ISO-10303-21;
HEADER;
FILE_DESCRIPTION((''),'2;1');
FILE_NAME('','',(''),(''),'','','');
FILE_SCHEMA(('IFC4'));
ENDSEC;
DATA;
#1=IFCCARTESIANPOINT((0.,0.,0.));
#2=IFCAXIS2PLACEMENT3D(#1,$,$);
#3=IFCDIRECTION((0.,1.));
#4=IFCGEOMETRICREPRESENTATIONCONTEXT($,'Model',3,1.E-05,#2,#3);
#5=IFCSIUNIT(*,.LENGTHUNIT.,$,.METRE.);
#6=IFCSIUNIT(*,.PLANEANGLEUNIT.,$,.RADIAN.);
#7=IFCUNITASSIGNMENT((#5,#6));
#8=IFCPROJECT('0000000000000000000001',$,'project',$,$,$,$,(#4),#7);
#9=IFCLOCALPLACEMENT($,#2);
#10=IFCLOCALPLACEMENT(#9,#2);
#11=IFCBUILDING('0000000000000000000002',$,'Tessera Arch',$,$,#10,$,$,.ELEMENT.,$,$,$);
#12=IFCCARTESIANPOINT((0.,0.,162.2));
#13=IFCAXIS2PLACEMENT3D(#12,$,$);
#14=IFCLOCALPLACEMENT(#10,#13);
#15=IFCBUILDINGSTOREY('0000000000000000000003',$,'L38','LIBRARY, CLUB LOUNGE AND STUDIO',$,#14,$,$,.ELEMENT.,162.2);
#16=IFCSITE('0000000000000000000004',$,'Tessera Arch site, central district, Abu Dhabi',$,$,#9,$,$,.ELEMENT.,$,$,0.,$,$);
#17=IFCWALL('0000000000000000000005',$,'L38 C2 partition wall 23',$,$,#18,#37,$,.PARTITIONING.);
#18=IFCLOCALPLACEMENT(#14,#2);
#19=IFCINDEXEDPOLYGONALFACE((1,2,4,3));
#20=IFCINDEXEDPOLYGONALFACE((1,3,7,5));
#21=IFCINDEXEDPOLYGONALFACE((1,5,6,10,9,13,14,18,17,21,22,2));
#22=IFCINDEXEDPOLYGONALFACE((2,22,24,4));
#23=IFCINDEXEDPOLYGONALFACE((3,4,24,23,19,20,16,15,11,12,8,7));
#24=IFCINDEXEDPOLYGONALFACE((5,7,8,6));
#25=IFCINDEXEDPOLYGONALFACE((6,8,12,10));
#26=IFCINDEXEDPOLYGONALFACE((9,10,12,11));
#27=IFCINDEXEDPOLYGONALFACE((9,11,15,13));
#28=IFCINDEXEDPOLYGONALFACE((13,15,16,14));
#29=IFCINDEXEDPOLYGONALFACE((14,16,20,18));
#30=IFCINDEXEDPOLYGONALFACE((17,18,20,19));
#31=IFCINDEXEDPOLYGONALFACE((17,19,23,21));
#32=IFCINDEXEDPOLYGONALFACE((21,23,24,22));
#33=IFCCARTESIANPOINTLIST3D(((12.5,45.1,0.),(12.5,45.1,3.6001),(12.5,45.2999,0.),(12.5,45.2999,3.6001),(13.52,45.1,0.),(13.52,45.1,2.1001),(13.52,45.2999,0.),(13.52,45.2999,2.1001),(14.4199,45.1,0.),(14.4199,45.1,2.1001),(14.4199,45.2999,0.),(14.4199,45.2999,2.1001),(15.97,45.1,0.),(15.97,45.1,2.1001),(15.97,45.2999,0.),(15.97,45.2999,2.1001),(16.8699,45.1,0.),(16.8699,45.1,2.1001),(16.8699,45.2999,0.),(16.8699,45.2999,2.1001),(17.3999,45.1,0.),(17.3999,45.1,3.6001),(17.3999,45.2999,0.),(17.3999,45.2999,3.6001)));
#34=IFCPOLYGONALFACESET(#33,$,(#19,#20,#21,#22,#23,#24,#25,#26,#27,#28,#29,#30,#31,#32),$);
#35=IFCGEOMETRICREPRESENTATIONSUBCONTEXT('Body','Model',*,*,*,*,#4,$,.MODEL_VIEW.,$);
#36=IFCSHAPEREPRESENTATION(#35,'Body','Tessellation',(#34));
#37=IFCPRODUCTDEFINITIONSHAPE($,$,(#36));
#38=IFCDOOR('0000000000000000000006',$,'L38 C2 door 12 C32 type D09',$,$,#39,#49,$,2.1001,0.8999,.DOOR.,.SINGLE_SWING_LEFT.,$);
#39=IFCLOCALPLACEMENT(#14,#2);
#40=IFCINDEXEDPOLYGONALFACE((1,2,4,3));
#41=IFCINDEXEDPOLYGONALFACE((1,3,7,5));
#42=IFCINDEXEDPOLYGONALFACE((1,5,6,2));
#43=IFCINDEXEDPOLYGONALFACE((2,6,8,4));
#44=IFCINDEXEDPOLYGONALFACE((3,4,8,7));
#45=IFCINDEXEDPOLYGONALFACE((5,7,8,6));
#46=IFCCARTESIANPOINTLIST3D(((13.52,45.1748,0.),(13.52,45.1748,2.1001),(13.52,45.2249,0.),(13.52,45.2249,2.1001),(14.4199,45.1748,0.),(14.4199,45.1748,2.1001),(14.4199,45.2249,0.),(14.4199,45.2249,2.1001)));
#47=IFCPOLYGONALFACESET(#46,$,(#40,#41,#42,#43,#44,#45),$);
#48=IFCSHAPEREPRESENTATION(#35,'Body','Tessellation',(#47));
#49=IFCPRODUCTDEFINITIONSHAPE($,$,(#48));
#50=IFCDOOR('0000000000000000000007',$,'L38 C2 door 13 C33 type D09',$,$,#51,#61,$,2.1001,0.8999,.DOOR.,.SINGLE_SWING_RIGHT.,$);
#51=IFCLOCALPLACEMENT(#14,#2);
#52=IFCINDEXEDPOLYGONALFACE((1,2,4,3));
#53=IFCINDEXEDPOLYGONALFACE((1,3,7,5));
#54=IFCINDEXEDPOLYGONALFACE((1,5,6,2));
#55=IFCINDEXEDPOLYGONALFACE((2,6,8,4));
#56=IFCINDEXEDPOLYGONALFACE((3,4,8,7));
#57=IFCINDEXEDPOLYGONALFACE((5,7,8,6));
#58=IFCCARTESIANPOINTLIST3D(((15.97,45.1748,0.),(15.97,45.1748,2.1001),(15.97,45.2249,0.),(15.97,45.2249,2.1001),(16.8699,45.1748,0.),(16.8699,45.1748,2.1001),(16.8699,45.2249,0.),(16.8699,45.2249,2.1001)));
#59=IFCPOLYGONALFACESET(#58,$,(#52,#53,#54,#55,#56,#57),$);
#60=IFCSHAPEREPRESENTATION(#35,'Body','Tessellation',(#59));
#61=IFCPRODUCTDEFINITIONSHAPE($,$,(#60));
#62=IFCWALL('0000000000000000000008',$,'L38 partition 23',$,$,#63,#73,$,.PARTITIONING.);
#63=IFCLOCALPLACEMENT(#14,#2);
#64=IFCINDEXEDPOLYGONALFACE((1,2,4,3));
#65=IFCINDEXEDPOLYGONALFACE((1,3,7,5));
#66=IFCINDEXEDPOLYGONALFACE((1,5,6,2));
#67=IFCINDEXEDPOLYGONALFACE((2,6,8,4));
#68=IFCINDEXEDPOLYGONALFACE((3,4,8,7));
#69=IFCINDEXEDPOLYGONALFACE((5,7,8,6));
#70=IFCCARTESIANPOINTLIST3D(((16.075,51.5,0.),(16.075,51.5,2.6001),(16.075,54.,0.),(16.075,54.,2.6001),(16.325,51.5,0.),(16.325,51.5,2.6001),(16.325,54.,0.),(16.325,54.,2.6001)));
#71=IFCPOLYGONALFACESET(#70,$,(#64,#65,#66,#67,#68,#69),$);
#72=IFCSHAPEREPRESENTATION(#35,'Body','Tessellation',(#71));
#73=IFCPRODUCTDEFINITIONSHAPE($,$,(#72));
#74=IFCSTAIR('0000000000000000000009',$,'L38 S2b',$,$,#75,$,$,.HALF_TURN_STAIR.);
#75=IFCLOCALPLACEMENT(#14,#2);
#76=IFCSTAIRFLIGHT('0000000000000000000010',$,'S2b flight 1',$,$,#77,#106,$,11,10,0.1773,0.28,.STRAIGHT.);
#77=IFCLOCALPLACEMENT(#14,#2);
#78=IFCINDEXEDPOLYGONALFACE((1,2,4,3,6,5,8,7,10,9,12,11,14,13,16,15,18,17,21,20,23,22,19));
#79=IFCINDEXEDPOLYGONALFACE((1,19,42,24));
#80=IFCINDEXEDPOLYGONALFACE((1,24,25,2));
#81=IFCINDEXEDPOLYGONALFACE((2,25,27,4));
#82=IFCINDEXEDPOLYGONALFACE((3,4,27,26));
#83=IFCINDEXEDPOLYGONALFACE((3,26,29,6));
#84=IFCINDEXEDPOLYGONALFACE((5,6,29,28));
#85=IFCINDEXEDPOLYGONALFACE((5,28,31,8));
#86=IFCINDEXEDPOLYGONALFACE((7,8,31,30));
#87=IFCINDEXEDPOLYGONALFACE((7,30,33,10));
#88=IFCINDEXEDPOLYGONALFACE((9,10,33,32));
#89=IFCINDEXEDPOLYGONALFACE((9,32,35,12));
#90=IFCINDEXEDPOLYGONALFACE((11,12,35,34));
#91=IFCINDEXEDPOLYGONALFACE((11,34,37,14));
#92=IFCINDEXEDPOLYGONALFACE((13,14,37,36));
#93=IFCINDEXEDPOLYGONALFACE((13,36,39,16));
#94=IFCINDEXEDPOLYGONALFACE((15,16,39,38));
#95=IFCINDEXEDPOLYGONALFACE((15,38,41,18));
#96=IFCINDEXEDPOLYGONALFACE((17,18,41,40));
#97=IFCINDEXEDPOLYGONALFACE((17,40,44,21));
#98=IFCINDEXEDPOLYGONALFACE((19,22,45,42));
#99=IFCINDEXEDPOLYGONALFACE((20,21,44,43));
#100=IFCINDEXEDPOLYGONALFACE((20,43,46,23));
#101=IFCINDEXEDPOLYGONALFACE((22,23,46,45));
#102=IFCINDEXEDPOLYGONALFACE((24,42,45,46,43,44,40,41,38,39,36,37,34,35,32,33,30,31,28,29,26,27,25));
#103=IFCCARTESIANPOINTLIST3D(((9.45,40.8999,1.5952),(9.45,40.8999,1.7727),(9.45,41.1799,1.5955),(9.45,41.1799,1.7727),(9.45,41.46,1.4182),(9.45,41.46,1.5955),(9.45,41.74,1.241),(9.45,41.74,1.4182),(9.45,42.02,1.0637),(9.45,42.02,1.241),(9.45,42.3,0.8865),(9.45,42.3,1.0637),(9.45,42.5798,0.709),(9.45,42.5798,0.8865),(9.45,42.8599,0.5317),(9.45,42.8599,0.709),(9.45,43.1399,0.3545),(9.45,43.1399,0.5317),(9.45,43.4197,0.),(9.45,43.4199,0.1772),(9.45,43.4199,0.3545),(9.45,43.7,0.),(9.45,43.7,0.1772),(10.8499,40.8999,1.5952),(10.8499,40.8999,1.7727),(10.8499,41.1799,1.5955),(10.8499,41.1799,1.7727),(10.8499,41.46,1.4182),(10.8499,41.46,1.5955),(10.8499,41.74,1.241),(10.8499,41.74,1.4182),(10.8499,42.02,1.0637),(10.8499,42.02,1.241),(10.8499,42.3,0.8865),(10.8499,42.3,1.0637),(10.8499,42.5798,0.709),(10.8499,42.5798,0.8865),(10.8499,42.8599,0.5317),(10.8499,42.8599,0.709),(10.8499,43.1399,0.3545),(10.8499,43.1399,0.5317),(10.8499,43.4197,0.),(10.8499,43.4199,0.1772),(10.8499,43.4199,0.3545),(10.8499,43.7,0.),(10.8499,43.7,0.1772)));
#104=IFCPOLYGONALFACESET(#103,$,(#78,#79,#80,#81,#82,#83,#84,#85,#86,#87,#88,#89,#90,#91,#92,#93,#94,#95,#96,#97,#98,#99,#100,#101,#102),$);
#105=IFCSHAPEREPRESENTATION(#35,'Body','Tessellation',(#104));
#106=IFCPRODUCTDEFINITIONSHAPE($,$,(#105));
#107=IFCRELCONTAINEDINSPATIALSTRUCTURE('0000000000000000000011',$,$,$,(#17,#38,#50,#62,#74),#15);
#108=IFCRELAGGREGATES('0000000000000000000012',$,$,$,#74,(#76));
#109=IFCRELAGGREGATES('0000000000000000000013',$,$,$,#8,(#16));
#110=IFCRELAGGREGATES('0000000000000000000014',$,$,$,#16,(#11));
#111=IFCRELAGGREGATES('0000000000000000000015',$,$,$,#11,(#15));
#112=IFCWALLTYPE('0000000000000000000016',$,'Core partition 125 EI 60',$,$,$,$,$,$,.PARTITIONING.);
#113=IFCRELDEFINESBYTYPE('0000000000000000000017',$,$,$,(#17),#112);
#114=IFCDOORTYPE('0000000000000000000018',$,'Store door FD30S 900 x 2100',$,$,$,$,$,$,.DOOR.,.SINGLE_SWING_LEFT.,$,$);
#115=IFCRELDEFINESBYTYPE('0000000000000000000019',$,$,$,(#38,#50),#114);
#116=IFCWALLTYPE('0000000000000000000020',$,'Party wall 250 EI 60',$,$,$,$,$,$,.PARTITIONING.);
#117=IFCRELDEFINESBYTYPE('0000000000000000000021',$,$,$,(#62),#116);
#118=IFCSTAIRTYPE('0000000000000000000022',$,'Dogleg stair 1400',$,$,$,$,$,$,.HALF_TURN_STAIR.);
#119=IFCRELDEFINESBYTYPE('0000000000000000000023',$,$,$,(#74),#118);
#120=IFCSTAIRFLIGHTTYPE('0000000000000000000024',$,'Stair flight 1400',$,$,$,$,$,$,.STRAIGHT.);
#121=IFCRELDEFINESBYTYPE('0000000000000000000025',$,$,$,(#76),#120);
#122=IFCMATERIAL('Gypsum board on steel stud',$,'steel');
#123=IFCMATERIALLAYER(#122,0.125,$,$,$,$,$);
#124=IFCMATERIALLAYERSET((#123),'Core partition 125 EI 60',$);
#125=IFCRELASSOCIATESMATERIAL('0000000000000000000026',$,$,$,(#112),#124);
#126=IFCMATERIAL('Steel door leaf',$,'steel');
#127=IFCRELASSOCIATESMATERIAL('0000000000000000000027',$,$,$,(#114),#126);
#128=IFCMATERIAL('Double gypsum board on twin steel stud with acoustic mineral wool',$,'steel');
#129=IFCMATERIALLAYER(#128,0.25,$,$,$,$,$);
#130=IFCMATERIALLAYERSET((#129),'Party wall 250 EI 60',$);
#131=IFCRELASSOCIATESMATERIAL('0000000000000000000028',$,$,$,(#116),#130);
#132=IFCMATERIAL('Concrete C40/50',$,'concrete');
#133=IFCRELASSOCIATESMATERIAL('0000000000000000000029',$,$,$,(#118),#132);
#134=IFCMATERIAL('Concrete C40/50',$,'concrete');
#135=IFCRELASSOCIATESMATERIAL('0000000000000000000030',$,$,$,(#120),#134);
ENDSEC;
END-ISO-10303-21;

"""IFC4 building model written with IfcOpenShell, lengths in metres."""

from ifc_helpers import new_model, si_unit, direction, frame, frame_2d, origin, place, context, subcontext, project, spatial, polyline, rectangle, outline, extrude, material, layer, layer_set, type_object, element, fill, aggregate, save


model = new_model("IFC4")

# Units and contexts
model_context = context("Model", 3, precision=1e-05, world=origin(), true_north=direction((0.0, 1.0)))
body_context = subcontext(model_context, "Body", "Model", "MODEL_VIEW")
ifc_project = project(units=[si_unit("LENGTHUNIT", "METRE"), si_unit("PLANEANGLEUNIT", "RADIAN")], contexts=[model_context])

# Site, building, storey
site_placement = place(None, origin())
site = spatial("IfcSite", under=ifc_project, at=site_placement, Name="Tessera Arch site, central district, Abu Dhabi", CompositionType="ELEMENT", RefElevation=0.0)
building_placement = place(site_placement, origin())
building = spatial("IfcBuilding", under=site, at=building_placement, Name="Tessera Arch", CompositionType="ELEMENT")
storey_placement = place(building_placement, frame((0.0, 0.0, 162.2)))
storey = spatial("IfcBuildingStorey", under=building, at=storey_placement, Name="L38", Description="LIBRARY, CLUB LOUNGE AND STUDIO", CompositionType="ELEMENT", Elevation=162.2)

# Shared definitions
ifc_material_1 = material(Name="Gypsum board on steel stud", Category="steel")
ifc_layer_1 = layer(ifc_material_1, 0.125)
ifc_layer_set_1 = layer_set([ifc_layer_1], Name="Core partition 125 EI 60")
wall_type_1 = type_object("IfcWallType", Name="Core partition 125 EI 60", PredefinedType="PARTITIONING", material=ifc_layer_set_1)

# Wall, openings, doors
wall_1_placement = place(storey_placement, frame((12.5, 45.2, 0.0), z_axis=(0.0, 0.0, 1.0), x_axis=(1.0, 0.0, 0.0)))
wall_1 = element("IfcWall", 1, at=wall_1_placement, inside=storey, type_object=wall_type_1, Name="L38 C2 partition wall 23", PredefinedType="PARTITIONING", context=body_context, shape_type="SweptSolid", body=[
    extrude(rectangle(XDim=4.8999, YDim=0.2, at=frame_2d((2.45, 0.0))), origin(), (0.0, 0.0, 1.0), 3.6001),
])
opening_1_placement = place(wall_1_placement, frame((1.02, 0.0, 0.0)))
opening_1 = element("IfcOpeningElement", 2, at=opening_1_placement, cuts=wall_1, PredefinedType="OPENING", context=body_context, shape_type="SweptSolid", body=[
    extrude(rectangle(XDim=0.8999, YDim=2.1001, at=frame_2d((0.45, 1.05))), frame((0.0, 0.1099, 0.0), z_axis=(0.0, -1.0, 0.0), x_axis=(1.0, 0.0, 0.0)), (0.0, 0.0, 1.0), 0.22),
])
opening_2_placement = place(wall_1_placement, frame((3.47, 0.0, 0.0)))
opening_2 = element("IfcOpeningElement", 3, at=opening_2_placement, cuts=wall_1, PredefinedType="OPENING", context=body_context, shape_type="SweptSolid", body=[
    extrude(rectangle(XDim=0.8999, YDim=2.1001, at=frame_2d((0.45, 1.05))), frame((0.0, 0.1099, 0.0), z_axis=(0.0, -1.0, 0.0), x_axis=(1.0, 0.0, 0.0)), (0.0, 0.0, 1.0), 0.22),
])
ifc_material_2 = material(Name="Steel door leaf", Category="steel")
door_type = type_object("IfcDoorType", Name="Store door FD30S 900 x 2100", OperationType="SINGLE_SWING_LEFT", PredefinedType="DOOR", material=ifc_material_2)
door_1_placement = place(opening_1_placement, origin())
door_1 = element("IfcDoor", 4, at=door_1_placement, inside=storey, type_object=door_type, Name="L38 C2 door 12 C32 type D09", OperationType="SINGLE_SWING_LEFT", OverallHeight=2.1001, OverallWidth=0.8999, PredefinedType="DOOR", context=body_context, shape_type="SweptSolid", body=[
    extrude(rectangle(XDim=0.8999, YDim=2.1001, at=frame_2d((0.45, 1.05))), frame((0.0, 0.0249, 0.0), z_axis=(0.0, -1.0, 0.0), x_axis=(1.0, 0.0, 0.0)), (0.0, 0.0, 1.0), 0.05),
])
fill(opening_1, door_1)
door_2_placement = place(opening_2_placement, origin())
door_2 = element("IfcDoor", 5, at=door_2_placement, inside=storey, type_object=door_type, Name="L38 C2 door 13 C33 type D09", OperationType="SINGLE_SWING_RIGHT", OverallHeight=2.1001, OverallWidth=0.8999, PredefinedType="DOOR", context=body_context, shape_type="SweptSolid", body=[
    extrude(rectangle(XDim=0.8999, YDim=2.1001, at=frame_2d((0.45, 1.05))), frame((0.0, 0.0249, 0.0), z_axis=(0.0, -1.0, 0.0), x_axis=(1.0, 0.0, 0.0)), (0.0, 0.0, 1.0), 0.05),
])
fill(opening_2, door_2)

# Wall
ifc_material_3 = material(Name="Double gypsum board on twin steel stud with acoustic mineral wool", Category="steel")
ifc_layer_2 = layer(ifc_material_3, 0.25)
ifc_layer_set_2 = layer_set([ifc_layer_2], Name="Party wall 250 EI 60")
wall_type_2 = type_object("IfcWallType", Name="Party wall 250 EI 60", PredefinedType="PARTITIONING", material=ifc_layer_set_2)
wall_2_placement = place(storey_placement, frame((16.2, 51.5, 0.0), z_axis=(0.0, 0.0, 1.0), x_axis=(0.0, 1.0, 0.0)))
element("IfcWall", 6, at=wall_2_placement, inside=storey, type_object=wall_type_2, Name="L38 partition 23", PredefinedType="PARTITIONING", context=body_context, shape_type="SweptSolid", body=[
    extrude(rectangle(XDim=2.5, YDim=0.25, at=frame_2d((1.25, 0.0))), origin(), (0.0, 0.0, 1.0), 2.6001),
])

# Stair, stair flight
ifc_material_4 = material(Name="Concrete C40/50", Category="concrete")
stair_type = type_object("IfcStairType", Name="Dogleg stair 1400", PredefinedType="HALF_TURN_STAIR", material=ifc_material_4)
stair_placement = place(storey_placement, origin())
stair = element("IfcStair", 7, at=stair_placement, inside=storey, type_object=stair_type, Name="L38 S2b", PredefinedType="HALF_TURN_STAIR")
ifc_material_5 = material(Name="Concrete C40/50", Category="concrete")
stair_flight_type = type_object("IfcStairFlightType", Name="Stair flight 1400", PredefinedType="STRAIGHT", material=ifc_material_5)
stair_flight_placement = place(storey_placement, frame((10.1499, 43.7, 0.0), z_axis=(0.0, 0.0, 1.0), x_axis=(0.0, -1.0, 0.0)))
stair_flight = element("IfcStairFlight", 8, at=stair_flight_placement, type_object=stair_flight_type, Name="S2b flight 1", NumberOfRisers=11, NumberOfTreads=10, PredefinedType="STRAIGHT", RiserHeight=0.1773, TreadLength=0.28, context=body_context, shape_type="SweptSolid", body=[
    extrude(outline(polyline([(0.0, 0.0), (0.0, 0.1772), (0.28, 0.1772), (0.28, 0.3545), (0.5601, 0.3545), (0.5601, 0.5317), (0.8401, 0.5317), (0.8401, 0.709), (1.1201, 0.709), (1.1201, 0.8865), (1.3999, 0.8865), (1.3999, 1.0637), (1.6799, 1.0637), (1.6799, 1.241), (1.96, 1.241), (1.96, 1.4182), (2.24, 1.4182), (2.24, 1.5955), (2.52, 1.5955), (2.52, 1.7727), (2.8, 1.7727), (2.8, 1.95), (2.8, 1.5952), (0.2803, 0.0), (0.0, 0.0)])), frame((0.0, 0.7, 0.0), z_axis=(0.0, -1.0, 0.0), x_axis=(1.0, 0.0, 0.0)), (0.0, 0.0, 1.0), 1.3999),
])
aggregate(stair, [stair_flight])

save(model, "model.ifc")
